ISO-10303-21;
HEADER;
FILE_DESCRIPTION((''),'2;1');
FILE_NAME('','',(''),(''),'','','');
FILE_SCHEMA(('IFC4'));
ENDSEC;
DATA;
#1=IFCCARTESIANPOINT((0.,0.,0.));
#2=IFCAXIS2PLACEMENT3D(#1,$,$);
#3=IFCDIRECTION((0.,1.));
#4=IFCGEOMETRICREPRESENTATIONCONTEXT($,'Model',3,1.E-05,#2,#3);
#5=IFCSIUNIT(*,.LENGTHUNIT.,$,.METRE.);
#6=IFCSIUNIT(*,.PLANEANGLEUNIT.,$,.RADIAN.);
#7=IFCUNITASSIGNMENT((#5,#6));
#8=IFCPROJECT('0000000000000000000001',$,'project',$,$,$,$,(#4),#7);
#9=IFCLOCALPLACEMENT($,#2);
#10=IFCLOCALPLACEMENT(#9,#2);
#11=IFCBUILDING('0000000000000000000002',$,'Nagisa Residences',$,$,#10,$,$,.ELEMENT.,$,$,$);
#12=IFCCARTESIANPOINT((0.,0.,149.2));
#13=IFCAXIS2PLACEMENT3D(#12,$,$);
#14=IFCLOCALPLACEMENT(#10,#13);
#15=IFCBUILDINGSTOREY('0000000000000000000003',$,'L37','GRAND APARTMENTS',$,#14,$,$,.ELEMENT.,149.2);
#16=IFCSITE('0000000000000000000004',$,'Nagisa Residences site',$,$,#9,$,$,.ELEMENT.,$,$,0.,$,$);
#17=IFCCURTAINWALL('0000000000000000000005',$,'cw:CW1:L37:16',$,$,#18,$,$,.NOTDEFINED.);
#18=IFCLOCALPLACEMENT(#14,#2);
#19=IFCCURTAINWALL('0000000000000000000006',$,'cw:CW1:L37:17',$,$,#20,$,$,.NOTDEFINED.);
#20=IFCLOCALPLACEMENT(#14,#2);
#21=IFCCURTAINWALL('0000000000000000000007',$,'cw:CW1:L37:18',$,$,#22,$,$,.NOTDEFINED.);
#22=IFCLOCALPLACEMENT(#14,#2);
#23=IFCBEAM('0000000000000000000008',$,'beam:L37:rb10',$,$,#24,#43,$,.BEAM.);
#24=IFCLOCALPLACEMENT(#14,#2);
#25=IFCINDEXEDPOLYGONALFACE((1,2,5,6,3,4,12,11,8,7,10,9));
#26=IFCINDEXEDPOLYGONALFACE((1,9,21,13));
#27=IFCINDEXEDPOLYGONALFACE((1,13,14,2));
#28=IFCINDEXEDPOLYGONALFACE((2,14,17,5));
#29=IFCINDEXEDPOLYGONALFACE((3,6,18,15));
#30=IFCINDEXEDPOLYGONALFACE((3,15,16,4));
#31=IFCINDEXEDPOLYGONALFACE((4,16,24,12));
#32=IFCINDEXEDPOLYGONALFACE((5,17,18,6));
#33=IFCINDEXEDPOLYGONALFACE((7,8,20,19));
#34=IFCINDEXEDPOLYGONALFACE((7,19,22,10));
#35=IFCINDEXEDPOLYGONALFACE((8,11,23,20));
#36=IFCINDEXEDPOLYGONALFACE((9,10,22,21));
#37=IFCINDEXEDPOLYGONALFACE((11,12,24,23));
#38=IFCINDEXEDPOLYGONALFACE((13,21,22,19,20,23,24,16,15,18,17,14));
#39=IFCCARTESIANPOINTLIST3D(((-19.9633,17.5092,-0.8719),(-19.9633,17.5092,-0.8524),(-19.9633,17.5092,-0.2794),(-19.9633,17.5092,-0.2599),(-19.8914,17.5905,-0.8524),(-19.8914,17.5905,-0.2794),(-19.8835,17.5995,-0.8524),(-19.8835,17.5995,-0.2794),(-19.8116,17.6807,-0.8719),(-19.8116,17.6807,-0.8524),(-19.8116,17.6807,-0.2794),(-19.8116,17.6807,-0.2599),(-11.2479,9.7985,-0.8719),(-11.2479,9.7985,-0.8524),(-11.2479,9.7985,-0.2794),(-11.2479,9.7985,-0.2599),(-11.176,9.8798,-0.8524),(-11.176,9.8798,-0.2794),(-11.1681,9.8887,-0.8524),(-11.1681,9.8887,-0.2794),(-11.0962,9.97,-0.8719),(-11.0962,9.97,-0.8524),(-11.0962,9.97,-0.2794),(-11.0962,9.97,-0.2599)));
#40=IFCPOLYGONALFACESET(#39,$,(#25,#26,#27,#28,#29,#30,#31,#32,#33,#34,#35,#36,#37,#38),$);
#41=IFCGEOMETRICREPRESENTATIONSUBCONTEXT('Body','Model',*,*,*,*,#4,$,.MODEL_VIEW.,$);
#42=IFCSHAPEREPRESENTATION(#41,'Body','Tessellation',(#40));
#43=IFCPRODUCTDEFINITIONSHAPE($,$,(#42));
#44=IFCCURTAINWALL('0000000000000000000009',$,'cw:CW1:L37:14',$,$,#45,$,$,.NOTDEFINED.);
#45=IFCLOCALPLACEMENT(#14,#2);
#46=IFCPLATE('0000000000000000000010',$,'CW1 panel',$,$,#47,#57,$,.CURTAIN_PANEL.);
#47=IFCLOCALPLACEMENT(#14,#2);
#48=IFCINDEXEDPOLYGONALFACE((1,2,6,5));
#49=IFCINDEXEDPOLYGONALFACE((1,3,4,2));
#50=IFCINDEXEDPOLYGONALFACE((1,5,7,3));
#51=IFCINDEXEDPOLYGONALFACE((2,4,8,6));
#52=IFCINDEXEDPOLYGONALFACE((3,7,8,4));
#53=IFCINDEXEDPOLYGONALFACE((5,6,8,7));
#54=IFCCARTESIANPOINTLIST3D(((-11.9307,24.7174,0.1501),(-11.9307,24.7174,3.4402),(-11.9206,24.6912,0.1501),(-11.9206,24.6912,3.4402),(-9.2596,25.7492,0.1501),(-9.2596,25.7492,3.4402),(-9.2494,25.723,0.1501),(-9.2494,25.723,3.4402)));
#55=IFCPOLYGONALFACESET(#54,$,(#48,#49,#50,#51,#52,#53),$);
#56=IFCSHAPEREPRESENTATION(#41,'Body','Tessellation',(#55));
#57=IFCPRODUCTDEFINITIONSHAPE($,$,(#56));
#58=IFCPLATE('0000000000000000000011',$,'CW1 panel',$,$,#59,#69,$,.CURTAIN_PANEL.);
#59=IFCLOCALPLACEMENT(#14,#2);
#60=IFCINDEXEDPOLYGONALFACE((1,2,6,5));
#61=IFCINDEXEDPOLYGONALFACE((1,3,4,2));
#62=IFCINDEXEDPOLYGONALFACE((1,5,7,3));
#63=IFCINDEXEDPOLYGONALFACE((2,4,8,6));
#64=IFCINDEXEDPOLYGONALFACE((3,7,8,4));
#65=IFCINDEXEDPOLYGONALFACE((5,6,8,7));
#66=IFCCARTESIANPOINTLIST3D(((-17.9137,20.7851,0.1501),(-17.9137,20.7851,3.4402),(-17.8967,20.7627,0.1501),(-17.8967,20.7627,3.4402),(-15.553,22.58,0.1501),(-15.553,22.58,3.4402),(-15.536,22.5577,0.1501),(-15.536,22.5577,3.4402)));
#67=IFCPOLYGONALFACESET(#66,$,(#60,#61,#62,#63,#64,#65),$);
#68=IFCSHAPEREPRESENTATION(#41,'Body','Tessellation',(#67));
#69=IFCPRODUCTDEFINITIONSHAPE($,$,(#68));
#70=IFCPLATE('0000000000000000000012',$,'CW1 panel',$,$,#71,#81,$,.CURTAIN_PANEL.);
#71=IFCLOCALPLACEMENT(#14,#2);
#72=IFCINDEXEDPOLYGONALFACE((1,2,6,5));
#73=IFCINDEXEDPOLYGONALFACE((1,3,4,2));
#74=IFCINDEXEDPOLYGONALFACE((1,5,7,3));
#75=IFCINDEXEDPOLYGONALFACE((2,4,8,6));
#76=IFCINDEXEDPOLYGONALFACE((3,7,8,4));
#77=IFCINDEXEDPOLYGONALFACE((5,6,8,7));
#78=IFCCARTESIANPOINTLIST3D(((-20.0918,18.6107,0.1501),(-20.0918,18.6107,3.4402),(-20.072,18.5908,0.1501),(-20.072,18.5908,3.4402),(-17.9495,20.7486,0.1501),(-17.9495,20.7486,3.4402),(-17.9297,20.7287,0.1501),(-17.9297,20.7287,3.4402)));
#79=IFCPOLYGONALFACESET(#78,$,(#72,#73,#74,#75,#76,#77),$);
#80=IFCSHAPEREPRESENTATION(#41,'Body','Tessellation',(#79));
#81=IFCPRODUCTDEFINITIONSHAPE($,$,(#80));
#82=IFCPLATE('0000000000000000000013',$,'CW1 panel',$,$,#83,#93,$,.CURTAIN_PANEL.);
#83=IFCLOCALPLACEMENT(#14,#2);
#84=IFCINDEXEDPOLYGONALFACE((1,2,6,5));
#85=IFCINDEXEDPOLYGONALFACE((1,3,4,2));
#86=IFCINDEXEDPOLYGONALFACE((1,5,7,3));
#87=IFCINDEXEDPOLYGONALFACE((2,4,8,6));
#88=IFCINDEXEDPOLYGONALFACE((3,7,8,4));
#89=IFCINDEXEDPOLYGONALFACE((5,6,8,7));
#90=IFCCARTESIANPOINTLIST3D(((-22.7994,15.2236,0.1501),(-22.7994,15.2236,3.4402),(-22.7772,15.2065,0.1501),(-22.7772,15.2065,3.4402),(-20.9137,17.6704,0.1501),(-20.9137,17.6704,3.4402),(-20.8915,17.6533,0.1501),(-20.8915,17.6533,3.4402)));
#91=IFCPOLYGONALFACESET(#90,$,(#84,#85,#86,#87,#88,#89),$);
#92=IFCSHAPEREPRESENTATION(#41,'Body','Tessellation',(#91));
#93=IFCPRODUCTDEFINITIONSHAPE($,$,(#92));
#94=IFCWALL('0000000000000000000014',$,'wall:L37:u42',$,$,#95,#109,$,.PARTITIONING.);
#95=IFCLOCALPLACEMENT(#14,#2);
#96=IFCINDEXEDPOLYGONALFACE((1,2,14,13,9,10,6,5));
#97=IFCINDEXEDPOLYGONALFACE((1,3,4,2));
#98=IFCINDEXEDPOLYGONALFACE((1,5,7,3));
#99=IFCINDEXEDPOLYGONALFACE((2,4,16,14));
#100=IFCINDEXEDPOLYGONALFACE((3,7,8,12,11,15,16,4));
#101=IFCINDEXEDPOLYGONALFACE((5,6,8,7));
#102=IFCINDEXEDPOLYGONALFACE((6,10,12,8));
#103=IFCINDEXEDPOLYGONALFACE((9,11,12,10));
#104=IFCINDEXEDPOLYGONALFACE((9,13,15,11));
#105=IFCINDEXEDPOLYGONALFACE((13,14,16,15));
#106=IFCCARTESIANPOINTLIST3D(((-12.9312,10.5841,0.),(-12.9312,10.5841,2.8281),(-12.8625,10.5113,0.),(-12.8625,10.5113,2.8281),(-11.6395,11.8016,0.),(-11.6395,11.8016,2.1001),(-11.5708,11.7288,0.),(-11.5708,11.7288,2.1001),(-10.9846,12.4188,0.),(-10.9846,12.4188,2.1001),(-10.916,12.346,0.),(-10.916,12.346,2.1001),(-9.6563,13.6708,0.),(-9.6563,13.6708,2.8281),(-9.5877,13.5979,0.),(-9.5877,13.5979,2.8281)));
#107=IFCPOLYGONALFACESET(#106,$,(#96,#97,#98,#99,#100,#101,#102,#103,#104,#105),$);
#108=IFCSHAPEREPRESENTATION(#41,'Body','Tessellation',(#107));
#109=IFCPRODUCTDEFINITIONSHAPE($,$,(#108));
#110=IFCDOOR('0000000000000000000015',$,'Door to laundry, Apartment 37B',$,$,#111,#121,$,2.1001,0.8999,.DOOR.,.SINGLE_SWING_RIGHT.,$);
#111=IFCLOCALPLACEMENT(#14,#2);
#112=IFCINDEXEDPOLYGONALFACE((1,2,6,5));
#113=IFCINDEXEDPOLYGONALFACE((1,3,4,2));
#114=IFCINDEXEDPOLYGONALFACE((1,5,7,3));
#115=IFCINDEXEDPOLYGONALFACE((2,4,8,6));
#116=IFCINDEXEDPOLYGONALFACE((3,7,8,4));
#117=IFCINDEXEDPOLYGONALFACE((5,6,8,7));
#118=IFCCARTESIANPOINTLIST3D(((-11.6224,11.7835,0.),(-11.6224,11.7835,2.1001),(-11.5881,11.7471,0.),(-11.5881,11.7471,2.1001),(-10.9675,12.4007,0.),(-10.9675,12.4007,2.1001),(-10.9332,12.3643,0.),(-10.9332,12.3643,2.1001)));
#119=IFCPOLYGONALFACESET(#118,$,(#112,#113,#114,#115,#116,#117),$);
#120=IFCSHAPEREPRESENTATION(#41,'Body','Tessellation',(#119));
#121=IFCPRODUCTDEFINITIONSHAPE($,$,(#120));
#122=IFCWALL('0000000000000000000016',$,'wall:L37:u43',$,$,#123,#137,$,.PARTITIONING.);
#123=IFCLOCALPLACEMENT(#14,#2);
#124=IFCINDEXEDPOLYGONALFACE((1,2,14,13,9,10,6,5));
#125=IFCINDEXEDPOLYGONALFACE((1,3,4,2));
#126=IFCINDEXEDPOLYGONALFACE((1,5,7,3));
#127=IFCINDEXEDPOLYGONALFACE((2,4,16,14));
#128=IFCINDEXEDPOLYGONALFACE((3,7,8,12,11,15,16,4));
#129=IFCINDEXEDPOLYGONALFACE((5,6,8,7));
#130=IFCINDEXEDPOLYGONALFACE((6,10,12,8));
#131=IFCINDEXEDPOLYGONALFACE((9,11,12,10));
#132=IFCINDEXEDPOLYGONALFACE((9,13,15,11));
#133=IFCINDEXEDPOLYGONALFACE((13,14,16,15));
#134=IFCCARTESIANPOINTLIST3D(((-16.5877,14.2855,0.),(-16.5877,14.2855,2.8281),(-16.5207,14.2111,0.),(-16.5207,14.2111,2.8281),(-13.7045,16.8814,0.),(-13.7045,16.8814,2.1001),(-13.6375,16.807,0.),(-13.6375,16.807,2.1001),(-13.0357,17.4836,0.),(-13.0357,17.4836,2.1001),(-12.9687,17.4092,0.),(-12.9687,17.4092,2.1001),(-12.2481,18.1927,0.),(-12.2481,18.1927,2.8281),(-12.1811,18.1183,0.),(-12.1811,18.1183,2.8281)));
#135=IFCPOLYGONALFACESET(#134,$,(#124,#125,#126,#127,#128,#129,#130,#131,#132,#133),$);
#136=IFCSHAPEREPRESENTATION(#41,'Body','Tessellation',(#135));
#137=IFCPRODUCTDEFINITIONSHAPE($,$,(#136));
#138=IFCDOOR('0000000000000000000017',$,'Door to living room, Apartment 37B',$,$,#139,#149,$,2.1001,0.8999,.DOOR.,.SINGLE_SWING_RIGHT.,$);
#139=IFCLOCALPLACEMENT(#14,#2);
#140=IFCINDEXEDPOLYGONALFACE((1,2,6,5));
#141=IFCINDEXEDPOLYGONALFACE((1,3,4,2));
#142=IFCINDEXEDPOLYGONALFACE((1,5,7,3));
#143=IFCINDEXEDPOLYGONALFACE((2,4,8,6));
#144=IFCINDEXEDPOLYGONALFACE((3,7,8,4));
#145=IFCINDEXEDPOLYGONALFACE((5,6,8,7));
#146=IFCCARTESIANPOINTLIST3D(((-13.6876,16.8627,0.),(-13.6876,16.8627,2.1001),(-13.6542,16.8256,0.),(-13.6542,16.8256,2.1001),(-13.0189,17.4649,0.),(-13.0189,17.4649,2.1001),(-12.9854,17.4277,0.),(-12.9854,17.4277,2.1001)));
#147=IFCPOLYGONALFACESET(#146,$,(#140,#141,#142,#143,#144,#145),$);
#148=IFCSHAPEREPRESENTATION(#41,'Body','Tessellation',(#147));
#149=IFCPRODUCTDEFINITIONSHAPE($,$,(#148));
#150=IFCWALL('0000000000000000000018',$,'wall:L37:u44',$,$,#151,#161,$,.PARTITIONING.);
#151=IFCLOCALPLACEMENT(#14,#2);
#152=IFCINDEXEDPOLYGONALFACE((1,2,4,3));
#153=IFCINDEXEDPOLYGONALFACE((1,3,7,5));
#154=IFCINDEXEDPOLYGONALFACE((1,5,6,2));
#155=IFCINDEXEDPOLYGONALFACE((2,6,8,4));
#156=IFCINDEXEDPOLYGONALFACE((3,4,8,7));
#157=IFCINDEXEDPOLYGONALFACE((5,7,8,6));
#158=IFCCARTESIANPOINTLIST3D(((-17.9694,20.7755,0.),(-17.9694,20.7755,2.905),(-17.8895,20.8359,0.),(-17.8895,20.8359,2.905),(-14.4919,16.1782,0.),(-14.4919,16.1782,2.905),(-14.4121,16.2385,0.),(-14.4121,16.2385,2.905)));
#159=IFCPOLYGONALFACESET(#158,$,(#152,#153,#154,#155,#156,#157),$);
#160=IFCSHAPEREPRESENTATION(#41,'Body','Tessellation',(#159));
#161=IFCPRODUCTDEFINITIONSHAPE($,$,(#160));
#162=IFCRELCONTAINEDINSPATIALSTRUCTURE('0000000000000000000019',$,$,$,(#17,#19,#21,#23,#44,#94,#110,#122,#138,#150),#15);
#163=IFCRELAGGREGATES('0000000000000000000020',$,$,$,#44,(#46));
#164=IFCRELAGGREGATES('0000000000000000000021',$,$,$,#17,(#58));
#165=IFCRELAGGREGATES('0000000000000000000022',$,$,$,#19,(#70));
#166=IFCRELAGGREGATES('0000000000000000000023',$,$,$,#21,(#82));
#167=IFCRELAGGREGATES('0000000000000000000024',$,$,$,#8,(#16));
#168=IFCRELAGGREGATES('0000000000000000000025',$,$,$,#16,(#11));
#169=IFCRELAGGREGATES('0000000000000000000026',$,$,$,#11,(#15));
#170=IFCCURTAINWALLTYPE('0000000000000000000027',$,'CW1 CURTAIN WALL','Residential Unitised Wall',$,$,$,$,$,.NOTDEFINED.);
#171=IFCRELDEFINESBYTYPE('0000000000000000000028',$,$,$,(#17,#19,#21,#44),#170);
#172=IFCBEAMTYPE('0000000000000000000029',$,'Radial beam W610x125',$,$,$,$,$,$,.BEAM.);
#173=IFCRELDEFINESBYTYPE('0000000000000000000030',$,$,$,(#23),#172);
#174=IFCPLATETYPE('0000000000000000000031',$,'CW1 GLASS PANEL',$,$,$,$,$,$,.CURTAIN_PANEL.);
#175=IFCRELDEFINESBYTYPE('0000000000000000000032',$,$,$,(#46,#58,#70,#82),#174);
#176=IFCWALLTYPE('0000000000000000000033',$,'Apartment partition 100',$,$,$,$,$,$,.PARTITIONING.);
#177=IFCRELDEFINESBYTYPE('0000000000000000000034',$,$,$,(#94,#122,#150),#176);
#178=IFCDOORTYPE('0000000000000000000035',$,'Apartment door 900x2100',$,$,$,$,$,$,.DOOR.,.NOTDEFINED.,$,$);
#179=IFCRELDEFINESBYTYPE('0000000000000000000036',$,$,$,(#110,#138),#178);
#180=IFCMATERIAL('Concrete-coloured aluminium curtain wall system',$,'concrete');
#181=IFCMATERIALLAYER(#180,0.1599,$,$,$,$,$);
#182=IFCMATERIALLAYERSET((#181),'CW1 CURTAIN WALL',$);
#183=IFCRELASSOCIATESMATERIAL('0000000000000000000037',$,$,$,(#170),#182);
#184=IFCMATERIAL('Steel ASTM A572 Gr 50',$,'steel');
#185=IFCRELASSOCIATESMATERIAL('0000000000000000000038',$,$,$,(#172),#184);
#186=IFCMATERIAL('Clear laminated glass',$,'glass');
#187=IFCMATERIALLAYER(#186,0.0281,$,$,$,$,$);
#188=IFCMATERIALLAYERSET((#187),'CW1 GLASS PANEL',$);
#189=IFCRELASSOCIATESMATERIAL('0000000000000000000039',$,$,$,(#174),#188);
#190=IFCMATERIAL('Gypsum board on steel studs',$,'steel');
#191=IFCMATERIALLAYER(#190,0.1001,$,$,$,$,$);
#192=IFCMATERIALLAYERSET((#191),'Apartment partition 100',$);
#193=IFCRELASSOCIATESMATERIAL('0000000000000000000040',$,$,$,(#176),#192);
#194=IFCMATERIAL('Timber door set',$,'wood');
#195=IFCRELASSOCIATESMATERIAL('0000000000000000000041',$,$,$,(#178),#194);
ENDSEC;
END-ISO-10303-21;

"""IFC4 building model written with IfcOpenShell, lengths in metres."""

from ifc_helpers import new_model, si_unit, direction, frame, frame_2d, origin, origin_2d, place, context, subcontext, project, spatial, rectangle, i_section, extrude, material, layer, layer_set, material_profile, profile_set, type_object, element, fill, aggregate, save


model = new_model("IFC4")

# Units and contexts
model_context = context("Model", 3, precision=1e-05, world=origin(), true_north=direction((0.0, 1.0)))
body_context = subcontext(model_context, "Body", "Model", "MODEL_VIEW")
ifc_project = project(units=[si_unit("LENGTHUNIT", "METRE"), si_unit("PLANEANGLEUNIT", "RADIAN")], contexts=[model_context])

# Site, building, storey
site_placement = place(None, origin())
site = spatial("IfcSite", under=ifc_project, at=site_placement, Name="Nagisa Residences site", CompositionType="ELEMENT", RefElevation=0.0)
building_placement = place(site_placement, origin())
building = spatial("IfcBuilding", under=site, at=building_placement, Name="Nagisa Residences", CompositionType="ELEMENT")
storey_placement = place(building_placement, frame((0.0, 0.0, 149.2)))
storey = spatial("IfcBuildingStorey", under=building, at=storey_placement, Name="L37", Description="GRAND APARTMENTS", CompositionType="ELEMENT", Elevation=149.2)

# Curtain walls
ifc_material_1 = material(Name="Concrete-coloured aluminium curtain wall system", Category="concrete")
ifc_layer_1 = layer(ifc_material_1, 0.1599)
ifc_layer_set_1 = layer_set([ifc_layer_1], Name="CW1 CURTAIN WALL")
curtain_wall_type = type_object("IfcCurtainWallType", Name="CW1 CURTAIN WALL", Description="Residential Unitised Wall", PredefinedType="NOTDEFINED", material=ifc_layer_set_1)
curtain_wall_1_placement = place(storey_placement, origin())
curtain_wall_1 = element("IfcCurtainWall", 1, at=curtain_wall_1_placement, inside=storey, type_object=curtain_wall_type, Name="cw:CW1:L37:16", PredefinedType="NOTDEFINED")
curtain_wall_2_placement = place(storey_placement, origin())
curtain_wall_2 = element("IfcCurtainWall", 2, at=curtain_wall_2_placement, inside=storey, type_object=curtain_wall_type, Name="cw:CW1:L37:17", PredefinedType="NOTDEFINED")
curtain_wall_3_placement = place(storey_placement, origin())
curtain_wall_3 = element("IfcCurtainWall", 3, at=curtain_wall_3_placement, inside=storey, type_object=curtain_wall_type, Name="cw:CW1:L37:18", PredefinedType="NOTDEFINED")

# Beam
ifc_material_2 = material(Name="Steel ASTM A572 Gr 50", Category="steel")
ifc_material_profile_1 = material_profile(ifc_material_2, i_section(OverallWidth=0.229, OverallDepth=0.6121, WebThickness=0.012, FlangeThickness=0.0195, at=origin_2d()), Name="W610x125")
ifc_profile_set_1 = profile_set([ifc_material_profile_1], Name="Steel ASTM A572 Gr 50")
beam_type_1 = type_object("IfcBeamType", Name="Radial beam W610x125", PredefinedType="BEAM", material=ifc_profile_set_1)
beam_1_placement = place(storey_placement, frame((-19.8875, 17.595, -0.5659), z_axis=(0.748955, -0.662621, 0.0), x_axis=(0.662621, 0.748955, 0.0)))
element("IfcBeam", 4, at=beam_1_placement, inside=storey, type_object=beam_type_1, Name="beam:L37:rb10", PredefinedType="BEAM", context=body_context, shape_type="SweptSolid", body=[
    extrude(i_section(OverallWidth=0.229, OverallDepth=0.6121, WebThickness=0.012, FlangeThickness=0.0195, at=origin_2d()), origin(), (0.0, 0.0, 1.0), 11.6367),
])

# Curtain wall, plate
curtain_wall_4_placement = place(storey_placement, origin())
curtain_wall_4 = element("IfcCurtainWall", 5, at=curtain_wall_4_placement, inside=storey, type_object=curtain_wall_type, Name="cw:CW1:L37:14", PredefinedType="NOTDEFINED")
ifc_material_3 = material(Name="Clear laminated glass", Category="glass")
ifc_layer_2 = layer(ifc_material_3, 0.0281)
ifc_layer_set_2 = layer_set([ifc_layer_2], Name="CW1 GLASS PANEL")
plate_type = type_object("IfcPlateType", Name="CW1 GLASS PANEL", PredefinedType="CURTAIN_PANEL", material=ifc_layer_set_2)
plate_1_placement = place(storey_placement, frame((-10.5901, 25.2202, 0.1501), z_axis=(0.0, 0.0, 1.0), x_axis=(-0.932826, -0.360328, 0.0)))
plate_1 = element("IfcPlate", 6, at=plate_1_placement, type_object=plate_type, Name="CW1 panel", PredefinedType="CURTAIN_PANEL", context=body_context, shape_type="SweptSolid", body=[
    extrude(rectangle(XDim=2.8635, YDim=0.0281, at=origin_2d()), origin(), (0.0, 0.0, 1.0), 3.29),
])
aggregate(curtain_wall_4, [plate_1])

# Plates
plate_2_placement = place(storey_placement, frame((-16.7249, 21.6714, 0.1501), z_axis=(0.0, 0.0, 1.0), x_axis=(-0.796031, -0.605255, 0.0)))
plate_2 = element("IfcPlate", 7, at=plate_2_placement, type_object=plate_type, Name="CW1 panel", PredefinedType="CURTAIN_PANEL", context=body_context, shape_type="SweptSolid", body=[
    extrude(rectangle(XDim=2.9656, YDim=0.0281, at=origin_2d()), origin(), (0.0, 0.0, 1.0), 3.29),
])
aggregate(curtain_wall_1, [plate_2])
plate_3_placement = place(storey_placement, frame((-19.0107, 19.6697, 0.1501), z_axis=(0.0, 0.0, 1.0), x_axis=(-0.707836, -0.706377, 0.0)))
plate_3 = element("IfcPlate", 8, at=plate_3_placement, type_object=plate_type, Name="CW1 panel", PredefinedType="CURTAIN_PANEL", context=body_context, shape_type="SweptSolid", body=[
    extrude(rectangle(XDim=3.0266, YDim=0.0281, at=origin_2d()), origin(), (0.0, 0.0, 1.0), 3.29),
])
aggregate(curtain_wall_2, [plate_3])
plate_4_placement = place(storey_placement, frame((-21.8455, 16.4385, 0.1501), z_axis=(0.0, 0.0, 1.0), x_axis=(-0.61043, -0.79207, 0.0)))
plate_4 = element("IfcPlate", 9, at=plate_4_placement, type_object=plate_type, Name="CW1 panel", PredefinedType="CURTAIN_PANEL", context=body_context, shape_type="SweptSolid", body=[
    extrude(rectangle(XDim=3.0891, YDim=0.0281, at=origin_2d()), origin(), (0.0, 0.0, 1.0), 3.29),
])
aggregate(curtain_wall_3, [plate_4])

# Walls, openings, doors
ifc_material_4 = material(Name="Gypsum board on steel studs", Category="steel")
ifc_layer_3 = layer(ifc_material_4, 0.1001)
ifc_layer_set_3 = layer_set([ifc_layer_3], Name="Apartment partition 100")
wall_type_1 = type_object("IfcWallType", Name="Apartment partition 100", PredefinedType="PARTITIONING", material=ifc_layer_set_3)
wall_1_placement = place(storey_placement, frame((-9.6221, 13.6343, 0.0), z_axis=(0.0, 0.0, 1.0), x_axis=(-0.727711, -0.685884, 0.0)))
wall_1 = element("IfcWall", 10, at=wall_1_placement, inside=storey, type_object=wall_type_1, Name="wall:L37:u42", PredefinedType="PARTITIONING", context=body_context, shape_type="SweptSolid", body=[
    extrude(rectangle(XDim=4.5002, YDim=0.1001, at=frame_2d((2.25, 0.0))), origin(), (0.0, 0.0, 1.0), 2.8281),
])
opening_1_placement = place(wall_1_placement, frame((1.8252, 0.0, 0.0)))
opening_1 = element("IfcOpeningElement", 11, at=opening_1_placement, cuts=wall_1, PredefinedType="OPENING", context=body_context, shape_type="SweptSolid", body=[
    extrude(rectangle(XDim=0.8999, YDim=2.1001, at=frame_2d((0.45, 1.05))), frame((0.0, 0.0601, 0.0), z_axis=(0.0, -1.0, 0.0), x_axis=(1.0, 0.0, 0.0)), (0.0, 0.0, 1.0), 0.1201),
])
ifc_material_5 = material(Name="Timber door set", Category="wood")
door_type_1 = type_object("IfcDoorType", Name="Apartment door 900x2100", OperationType="NOTDEFINED", PredefinedType="DOOR", material=ifc_material_5)
door_1_placement = place(opening_1_placement, origin())
door_1 = element("IfcDoor", 12, at=door_1_placement, inside=storey, type_object=door_type_1, Name="Door to laundry, Apartment 37B", OperationType="SINGLE_SWING_RIGHT", OverallHeight=2.1001, OverallWidth=0.8999, PredefinedType="DOOR", context=body_context, shape_type="SweptSolid", body=[
    extrude(rectangle(XDim=0.8999, YDim=2.1001, at=frame_2d((0.45, 1.05))), frame((0.0, 0.0249, 0.0), z_axis=(0.0, -1.0, 0.0), x_axis=(1.0, 0.0, 0.0)), (0.0, 0.0, 1.0), 0.05),
])
fill(opening_1, door_1)
wall_2_placement = place(storey_placement, frame((-12.2146, 18.1555, 0.0), z_axis=(0.0, 0.0, 1.0), x_axis=(-0.743159, -0.669115, 0.0)))
wall_2 = element("IfcWall", 13, at=wall_2_placement, inside=storey, type_object=wall_type_1, Name="wall:L37:u43", PredefinedType="PARTITIONING", context=body_context, shape_type="SweptSolid", body=[
    extrude(rectangle(XDim=5.8394, YDim=0.1001, at=frame_2d((2.9197, 0.0))), origin(), (0.0, 0.0, 1.0), 2.8281),
])
opening_2_placement = place(wall_2_placement, frame((1.0598, 0.0, 0.0)))
opening_2 = element("IfcOpeningElement", 14, at=opening_2_placement, cuts=wall_2, PredefinedType="OPENING", context=body_context, shape_type="SweptSolid", body=[
    extrude(rectangle(XDim=0.8999, YDim=2.1001, at=frame_2d((0.45, 1.05))), frame((0.0, 0.0601, 0.0), z_axis=(0.0, -1.0, 0.0), x_axis=(1.0, 0.0, 0.0)), (0.0, 0.0, 1.0), 0.1201),
])
door_2_placement = place(opening_2_placement, frame((0.8999, 0.0, 0.0), x_axis=(-1.0, 0.0, 0.0)))
door_2 = element("IfcDoor", 15, at=door_2_placement, inside=storey, type_object=door_type_1, Name="Door to living room, Apartment 37B", OperationType="SINGLE_SWING_RIGHT", OverallHeight=2.1001, OverallWidth=0.8999, PredefinedType="DOOR", context=body_context, shape_type="SweptSolid", body=[
    extrude(rectangle(XDim=0.8999, YDim=2.1001, at=frame_2d((0.45, 1.05))), frame((0.0, 0.0249, 0.0), z_axis=(0.0, -1.0, 0.0), x_axis=(1.0, 0.0, 0.0)), (0.0, 0.0, 1.0), 0.05),
])
fill(opening_2, door_2)

# Wall
wall_3_placement = place(storey_placement, frame((-14.4519, 16.2083, 0.0), z_axis=(0.0, 0.0, 1.0), x_axis=(-0.603268, 0.797539, 0.0)))
element("IfcWall", 16, at=wall_3_placement, inside=storey, type_object=wall_type_1, Name="wall:L37:u44", PredefinedType="PARTITIONING", context=body_context, shape_type="SweptSolid", body=[
    extrude(rectangle(XDim=5.7644, YDim=0.1001, at=frame_2d((2.8823, 0.0))), origin(), (0.0, 0.0, 1.0), 2.905),
])

save(model, "model.ifc")
